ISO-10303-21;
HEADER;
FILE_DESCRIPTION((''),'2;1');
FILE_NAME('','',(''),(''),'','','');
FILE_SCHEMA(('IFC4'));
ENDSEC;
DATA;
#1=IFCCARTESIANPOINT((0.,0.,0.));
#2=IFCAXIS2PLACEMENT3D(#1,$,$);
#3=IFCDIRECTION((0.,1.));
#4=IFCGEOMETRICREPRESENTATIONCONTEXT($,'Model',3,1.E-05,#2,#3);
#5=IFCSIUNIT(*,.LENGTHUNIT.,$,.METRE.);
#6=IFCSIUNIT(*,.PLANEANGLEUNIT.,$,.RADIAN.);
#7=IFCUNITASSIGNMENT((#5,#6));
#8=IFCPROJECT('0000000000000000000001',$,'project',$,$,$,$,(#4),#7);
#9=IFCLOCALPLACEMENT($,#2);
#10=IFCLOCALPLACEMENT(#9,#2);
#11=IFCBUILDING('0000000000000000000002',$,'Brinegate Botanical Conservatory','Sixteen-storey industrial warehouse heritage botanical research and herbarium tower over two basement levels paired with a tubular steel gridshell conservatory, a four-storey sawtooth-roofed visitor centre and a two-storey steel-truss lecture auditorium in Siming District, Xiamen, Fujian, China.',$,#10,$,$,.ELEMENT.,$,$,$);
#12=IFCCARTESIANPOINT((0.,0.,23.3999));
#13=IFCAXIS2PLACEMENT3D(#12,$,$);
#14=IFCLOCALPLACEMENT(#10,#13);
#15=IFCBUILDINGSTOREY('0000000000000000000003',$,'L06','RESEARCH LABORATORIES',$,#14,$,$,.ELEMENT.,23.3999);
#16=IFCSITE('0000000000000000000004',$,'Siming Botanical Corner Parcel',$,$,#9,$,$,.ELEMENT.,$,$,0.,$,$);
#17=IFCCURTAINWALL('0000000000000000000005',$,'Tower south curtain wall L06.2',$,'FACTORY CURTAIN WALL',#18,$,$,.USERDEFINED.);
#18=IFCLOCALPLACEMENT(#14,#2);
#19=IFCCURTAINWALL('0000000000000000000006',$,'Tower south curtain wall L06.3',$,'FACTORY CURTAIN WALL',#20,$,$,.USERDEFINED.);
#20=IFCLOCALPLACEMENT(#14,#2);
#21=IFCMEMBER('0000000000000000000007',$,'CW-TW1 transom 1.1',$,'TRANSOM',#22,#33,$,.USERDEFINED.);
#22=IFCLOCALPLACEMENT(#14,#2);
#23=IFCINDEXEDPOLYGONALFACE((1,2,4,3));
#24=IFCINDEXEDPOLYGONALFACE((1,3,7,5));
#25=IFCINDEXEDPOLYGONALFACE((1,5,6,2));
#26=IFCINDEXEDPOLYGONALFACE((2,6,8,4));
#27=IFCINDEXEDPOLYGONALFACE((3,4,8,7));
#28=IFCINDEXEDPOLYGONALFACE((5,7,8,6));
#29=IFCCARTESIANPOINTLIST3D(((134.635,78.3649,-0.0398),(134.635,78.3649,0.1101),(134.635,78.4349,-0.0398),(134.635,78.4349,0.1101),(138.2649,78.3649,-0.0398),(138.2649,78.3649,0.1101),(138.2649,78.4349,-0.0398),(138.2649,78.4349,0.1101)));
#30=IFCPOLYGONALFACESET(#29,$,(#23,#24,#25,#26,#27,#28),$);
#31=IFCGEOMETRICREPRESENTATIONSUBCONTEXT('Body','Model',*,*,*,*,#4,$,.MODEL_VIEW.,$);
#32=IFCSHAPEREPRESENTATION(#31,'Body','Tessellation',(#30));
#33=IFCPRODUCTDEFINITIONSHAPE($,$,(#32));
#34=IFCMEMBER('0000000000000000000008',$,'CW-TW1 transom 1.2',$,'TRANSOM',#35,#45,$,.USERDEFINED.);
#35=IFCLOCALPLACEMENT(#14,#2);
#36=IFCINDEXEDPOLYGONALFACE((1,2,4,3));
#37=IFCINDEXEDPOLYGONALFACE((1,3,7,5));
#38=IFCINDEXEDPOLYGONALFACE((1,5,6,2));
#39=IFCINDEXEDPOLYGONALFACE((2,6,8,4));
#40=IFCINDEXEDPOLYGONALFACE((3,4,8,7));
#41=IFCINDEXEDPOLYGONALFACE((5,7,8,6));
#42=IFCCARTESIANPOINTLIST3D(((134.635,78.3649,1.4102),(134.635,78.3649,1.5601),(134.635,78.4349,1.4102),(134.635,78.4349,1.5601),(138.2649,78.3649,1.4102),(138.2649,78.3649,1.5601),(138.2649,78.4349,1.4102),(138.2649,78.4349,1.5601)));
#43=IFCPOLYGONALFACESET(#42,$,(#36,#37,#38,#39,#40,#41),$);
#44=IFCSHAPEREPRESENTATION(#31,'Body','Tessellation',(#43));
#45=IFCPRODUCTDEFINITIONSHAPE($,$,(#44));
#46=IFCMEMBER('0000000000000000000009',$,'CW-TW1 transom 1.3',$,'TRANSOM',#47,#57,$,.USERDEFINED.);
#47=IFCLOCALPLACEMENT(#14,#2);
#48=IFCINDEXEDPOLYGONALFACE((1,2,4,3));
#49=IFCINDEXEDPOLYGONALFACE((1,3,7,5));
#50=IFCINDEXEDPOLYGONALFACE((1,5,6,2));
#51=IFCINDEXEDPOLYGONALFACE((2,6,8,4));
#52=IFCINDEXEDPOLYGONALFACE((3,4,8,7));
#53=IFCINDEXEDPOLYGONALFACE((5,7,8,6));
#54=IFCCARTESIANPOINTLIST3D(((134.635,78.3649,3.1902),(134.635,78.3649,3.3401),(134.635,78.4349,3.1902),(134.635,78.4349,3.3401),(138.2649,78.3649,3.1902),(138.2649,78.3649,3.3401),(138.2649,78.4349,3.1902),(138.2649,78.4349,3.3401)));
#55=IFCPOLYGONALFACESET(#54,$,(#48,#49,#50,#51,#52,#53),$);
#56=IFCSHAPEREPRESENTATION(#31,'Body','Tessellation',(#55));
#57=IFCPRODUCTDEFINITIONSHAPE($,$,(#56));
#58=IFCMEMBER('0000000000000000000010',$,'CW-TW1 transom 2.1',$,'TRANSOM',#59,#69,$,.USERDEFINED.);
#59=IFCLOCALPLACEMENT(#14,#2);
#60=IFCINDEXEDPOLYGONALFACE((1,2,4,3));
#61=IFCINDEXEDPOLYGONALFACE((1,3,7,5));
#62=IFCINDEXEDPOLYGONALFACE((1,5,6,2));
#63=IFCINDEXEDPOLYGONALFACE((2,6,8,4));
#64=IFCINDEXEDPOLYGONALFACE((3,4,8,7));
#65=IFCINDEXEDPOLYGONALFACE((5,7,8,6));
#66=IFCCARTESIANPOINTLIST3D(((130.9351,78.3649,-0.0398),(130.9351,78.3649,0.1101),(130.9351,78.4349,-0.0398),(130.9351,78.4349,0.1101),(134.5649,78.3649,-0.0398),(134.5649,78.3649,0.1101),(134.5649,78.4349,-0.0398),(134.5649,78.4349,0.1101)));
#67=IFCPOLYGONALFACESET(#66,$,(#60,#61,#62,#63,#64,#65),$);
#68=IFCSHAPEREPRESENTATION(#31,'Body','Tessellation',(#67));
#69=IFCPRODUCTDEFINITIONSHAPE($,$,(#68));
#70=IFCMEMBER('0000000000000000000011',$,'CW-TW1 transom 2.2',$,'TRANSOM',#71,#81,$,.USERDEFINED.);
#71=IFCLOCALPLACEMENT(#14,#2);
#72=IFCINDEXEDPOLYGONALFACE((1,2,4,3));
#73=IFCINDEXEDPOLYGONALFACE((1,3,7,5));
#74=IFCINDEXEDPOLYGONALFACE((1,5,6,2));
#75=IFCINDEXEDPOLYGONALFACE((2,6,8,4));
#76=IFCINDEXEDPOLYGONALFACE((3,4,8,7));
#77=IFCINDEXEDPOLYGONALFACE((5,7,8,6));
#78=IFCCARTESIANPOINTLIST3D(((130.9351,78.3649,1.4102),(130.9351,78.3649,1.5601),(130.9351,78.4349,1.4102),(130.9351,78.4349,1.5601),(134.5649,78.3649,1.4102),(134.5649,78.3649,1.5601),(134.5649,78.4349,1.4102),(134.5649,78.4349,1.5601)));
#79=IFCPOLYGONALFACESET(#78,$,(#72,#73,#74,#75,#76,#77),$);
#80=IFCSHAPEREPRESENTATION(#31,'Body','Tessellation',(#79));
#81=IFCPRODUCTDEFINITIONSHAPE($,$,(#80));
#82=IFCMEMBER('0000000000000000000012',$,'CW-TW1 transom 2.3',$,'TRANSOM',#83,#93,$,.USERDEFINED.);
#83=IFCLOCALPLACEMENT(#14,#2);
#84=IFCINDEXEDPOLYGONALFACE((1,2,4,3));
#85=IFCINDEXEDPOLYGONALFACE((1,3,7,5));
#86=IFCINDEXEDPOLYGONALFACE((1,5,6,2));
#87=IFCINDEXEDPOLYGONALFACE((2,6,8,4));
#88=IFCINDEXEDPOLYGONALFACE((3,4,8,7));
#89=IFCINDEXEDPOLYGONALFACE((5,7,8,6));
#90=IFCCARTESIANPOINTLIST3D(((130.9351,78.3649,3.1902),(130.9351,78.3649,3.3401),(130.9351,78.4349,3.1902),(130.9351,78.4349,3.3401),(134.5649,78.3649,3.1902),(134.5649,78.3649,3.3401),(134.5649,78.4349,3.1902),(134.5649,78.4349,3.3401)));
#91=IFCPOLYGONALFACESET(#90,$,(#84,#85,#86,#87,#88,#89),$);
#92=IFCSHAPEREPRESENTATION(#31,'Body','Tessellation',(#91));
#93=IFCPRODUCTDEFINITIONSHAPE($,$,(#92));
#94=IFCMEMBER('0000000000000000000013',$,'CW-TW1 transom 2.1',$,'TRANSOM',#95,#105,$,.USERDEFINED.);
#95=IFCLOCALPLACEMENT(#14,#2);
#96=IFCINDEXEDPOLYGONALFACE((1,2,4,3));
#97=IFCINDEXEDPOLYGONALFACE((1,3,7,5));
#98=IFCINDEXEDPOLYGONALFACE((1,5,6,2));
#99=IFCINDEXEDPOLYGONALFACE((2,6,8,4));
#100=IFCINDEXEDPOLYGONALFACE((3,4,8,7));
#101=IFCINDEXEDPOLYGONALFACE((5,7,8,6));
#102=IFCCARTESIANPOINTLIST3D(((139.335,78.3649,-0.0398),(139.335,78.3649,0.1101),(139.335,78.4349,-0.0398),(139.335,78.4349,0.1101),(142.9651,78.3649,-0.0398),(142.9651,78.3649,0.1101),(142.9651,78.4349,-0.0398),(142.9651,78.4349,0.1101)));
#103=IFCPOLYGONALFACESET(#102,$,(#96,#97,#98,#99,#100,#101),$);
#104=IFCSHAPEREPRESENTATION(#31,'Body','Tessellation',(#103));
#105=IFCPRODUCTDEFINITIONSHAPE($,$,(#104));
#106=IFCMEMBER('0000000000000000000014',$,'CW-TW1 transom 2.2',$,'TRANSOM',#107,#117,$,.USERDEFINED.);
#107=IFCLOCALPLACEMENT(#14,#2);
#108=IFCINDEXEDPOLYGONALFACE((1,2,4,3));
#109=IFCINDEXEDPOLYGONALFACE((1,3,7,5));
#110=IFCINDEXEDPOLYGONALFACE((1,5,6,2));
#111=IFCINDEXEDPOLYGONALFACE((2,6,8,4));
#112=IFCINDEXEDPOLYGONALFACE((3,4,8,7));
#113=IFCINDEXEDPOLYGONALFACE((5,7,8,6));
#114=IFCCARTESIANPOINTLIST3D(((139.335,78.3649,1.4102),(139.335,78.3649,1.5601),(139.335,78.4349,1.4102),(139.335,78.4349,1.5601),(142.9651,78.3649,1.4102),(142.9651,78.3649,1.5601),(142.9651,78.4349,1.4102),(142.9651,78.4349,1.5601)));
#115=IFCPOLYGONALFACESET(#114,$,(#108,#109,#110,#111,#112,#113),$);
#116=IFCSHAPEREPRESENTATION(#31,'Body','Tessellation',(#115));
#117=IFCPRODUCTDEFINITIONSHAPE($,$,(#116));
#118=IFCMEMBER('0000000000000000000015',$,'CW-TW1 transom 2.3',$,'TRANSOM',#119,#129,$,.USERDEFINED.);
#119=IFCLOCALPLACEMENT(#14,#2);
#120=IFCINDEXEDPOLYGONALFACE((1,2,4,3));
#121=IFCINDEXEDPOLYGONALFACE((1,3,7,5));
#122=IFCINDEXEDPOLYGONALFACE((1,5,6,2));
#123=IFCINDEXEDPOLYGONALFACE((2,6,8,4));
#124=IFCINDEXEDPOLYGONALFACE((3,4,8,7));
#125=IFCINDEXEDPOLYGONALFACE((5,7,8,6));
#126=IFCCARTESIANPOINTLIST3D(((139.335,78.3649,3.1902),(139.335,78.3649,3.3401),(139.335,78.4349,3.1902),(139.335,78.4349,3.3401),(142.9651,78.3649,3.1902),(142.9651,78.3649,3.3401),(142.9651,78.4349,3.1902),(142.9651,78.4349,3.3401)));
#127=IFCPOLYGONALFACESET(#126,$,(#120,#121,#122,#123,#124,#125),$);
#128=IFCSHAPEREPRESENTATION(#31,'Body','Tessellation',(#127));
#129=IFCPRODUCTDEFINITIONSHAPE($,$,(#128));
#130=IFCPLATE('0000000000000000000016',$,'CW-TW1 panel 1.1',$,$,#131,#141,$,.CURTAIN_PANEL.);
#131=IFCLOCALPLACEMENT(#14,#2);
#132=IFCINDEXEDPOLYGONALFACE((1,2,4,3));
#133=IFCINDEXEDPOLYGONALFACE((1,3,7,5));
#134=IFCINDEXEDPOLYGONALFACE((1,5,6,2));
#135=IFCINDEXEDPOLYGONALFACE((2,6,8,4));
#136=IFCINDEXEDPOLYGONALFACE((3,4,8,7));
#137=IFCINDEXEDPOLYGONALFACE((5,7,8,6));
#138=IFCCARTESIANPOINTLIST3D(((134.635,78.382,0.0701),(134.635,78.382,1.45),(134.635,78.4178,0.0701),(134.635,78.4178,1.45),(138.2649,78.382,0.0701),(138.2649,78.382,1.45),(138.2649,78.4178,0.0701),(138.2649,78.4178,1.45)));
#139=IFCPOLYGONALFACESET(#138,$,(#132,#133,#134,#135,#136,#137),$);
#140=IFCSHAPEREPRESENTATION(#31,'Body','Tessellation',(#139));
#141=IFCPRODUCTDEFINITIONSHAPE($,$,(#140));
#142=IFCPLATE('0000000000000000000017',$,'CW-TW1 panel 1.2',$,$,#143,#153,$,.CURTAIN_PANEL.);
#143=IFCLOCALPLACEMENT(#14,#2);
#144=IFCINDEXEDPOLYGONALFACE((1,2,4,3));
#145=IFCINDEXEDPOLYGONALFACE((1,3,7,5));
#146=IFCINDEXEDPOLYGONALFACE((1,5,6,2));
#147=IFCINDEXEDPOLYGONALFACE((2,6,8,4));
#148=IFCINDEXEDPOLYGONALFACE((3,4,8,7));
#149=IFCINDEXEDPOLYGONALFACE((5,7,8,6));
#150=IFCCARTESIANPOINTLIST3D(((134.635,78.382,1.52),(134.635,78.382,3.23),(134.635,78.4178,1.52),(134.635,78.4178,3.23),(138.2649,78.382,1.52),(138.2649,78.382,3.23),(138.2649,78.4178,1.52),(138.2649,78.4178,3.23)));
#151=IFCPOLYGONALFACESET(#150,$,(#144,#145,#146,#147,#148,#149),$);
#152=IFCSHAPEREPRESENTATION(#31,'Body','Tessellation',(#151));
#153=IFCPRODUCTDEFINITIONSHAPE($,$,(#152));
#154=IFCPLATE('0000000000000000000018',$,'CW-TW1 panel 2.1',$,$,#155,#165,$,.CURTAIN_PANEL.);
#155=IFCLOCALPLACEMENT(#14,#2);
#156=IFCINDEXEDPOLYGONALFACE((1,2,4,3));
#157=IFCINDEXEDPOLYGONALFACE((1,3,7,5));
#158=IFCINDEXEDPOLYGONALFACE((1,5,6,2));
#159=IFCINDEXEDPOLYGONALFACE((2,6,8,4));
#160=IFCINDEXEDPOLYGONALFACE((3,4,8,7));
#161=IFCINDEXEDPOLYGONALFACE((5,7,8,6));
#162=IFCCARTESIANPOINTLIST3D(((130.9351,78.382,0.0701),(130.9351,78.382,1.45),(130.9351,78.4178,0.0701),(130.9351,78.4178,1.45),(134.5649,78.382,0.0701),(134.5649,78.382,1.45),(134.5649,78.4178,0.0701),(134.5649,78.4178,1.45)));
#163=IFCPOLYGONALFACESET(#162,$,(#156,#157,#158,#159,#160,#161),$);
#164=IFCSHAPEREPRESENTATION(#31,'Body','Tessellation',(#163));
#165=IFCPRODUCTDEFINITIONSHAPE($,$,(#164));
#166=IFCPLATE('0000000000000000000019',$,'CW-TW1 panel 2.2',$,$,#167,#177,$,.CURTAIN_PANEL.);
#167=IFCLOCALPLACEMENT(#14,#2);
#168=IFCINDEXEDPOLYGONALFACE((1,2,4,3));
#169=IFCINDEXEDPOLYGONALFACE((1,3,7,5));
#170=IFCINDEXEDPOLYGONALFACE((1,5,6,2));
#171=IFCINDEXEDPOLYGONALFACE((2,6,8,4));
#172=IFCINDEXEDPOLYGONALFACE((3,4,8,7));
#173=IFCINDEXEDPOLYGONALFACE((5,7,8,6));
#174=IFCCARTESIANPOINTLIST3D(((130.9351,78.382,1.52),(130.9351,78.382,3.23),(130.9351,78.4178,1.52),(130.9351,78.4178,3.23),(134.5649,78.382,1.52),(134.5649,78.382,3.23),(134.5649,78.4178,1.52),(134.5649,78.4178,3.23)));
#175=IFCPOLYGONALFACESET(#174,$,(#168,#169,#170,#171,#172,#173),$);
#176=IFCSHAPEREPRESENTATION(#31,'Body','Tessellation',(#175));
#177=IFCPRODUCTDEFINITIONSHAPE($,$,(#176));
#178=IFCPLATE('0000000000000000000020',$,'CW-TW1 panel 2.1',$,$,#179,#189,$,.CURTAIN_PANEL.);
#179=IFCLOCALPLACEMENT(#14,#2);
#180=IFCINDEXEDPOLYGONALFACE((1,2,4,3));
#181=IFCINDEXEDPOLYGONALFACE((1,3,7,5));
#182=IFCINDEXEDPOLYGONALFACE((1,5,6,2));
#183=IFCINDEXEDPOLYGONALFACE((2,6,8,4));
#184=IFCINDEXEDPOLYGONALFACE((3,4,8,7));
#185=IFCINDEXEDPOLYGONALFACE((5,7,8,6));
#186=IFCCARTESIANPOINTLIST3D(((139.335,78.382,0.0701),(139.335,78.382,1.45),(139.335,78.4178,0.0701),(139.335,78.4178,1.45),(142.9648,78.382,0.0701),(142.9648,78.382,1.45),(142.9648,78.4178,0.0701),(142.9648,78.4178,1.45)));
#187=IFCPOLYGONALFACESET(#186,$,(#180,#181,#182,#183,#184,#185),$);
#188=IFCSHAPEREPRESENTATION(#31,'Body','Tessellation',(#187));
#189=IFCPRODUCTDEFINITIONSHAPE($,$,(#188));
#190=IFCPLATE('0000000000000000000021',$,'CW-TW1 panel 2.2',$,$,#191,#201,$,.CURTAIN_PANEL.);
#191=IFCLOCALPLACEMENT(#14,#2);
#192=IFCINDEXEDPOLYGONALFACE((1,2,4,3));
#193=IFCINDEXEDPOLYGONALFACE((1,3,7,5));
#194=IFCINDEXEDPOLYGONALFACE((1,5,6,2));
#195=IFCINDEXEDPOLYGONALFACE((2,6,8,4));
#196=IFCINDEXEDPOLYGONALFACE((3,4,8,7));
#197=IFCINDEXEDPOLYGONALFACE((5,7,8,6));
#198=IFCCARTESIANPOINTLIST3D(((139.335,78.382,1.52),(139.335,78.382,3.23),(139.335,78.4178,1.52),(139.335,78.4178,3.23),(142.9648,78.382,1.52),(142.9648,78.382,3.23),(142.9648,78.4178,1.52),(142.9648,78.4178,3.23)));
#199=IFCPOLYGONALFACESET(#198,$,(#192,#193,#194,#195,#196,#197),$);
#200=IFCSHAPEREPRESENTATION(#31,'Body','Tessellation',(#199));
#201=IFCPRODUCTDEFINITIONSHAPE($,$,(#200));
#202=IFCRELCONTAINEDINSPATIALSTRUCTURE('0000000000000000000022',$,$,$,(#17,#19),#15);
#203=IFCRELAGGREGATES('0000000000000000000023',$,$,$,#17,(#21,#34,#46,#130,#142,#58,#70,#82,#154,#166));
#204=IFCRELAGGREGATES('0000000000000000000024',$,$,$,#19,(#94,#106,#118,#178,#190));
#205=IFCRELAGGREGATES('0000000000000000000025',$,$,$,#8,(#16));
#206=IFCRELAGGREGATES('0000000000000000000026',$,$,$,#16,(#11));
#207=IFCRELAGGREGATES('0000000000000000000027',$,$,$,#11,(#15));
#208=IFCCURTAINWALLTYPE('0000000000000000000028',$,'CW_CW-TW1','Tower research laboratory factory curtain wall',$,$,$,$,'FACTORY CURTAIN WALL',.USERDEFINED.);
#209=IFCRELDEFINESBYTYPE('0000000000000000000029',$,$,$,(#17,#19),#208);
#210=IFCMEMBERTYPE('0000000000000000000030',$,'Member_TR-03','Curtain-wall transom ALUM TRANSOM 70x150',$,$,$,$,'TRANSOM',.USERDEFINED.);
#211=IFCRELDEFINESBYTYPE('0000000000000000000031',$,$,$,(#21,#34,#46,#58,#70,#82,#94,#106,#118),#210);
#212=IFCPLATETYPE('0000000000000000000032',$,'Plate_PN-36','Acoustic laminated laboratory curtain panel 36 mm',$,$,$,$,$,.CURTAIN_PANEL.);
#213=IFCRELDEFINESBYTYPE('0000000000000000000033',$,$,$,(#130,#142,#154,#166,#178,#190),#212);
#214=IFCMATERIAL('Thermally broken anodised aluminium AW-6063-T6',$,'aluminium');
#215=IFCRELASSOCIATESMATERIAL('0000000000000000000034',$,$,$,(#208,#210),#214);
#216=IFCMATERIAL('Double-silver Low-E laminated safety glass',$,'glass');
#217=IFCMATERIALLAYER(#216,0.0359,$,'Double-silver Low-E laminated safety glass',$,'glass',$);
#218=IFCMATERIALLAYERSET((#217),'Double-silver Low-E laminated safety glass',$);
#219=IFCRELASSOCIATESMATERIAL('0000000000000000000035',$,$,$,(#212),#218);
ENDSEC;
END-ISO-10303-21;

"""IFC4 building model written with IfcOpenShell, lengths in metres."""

from ifc_helpers import new_model, si_unit, direction, frame, origin, origin_2d, place, context, subcontext, project, spatial, rectangle, extrude, material, layer, layer_set, material_profile, profile_set, type_object, element, aggregate, save


model = new_model("IFC4")

# Units and contexts
model_context = context("Model", 3, precision=1e-05, world=origin(), true_north=direction((0.0, 1.0)))
body_context = subcontext(model_context, "Body", "Model", "MODEL_VIEW")
ifc_project = project(units=[si_unit("LENGTHUNIT", "METRE"), si_unit("PLANEANGLEUNIT", "RADIAN")], contexts=[model_context])

# Site, building, storey
site_placement = place(None, origin())
site = spatial("IfcSite", under=ifc_project, at=site_placement, Name="Siming Botanical Corner Parcel", CompositionType="ELEMENT", RefElevation=0.0)
building_placement = place(site_placement, origin())
building = spatial("IfcBuilding", under=site, at=building_placement, Name="Brinegate Botanical Conservatory", Description="Sixteen-storey industrial warehouse heritage botanical research and herbarium tower over two basement levels paired with a tubular steel gridshell conservatory, a four-storey sawtooth-roofed visitor centre and a two-storey steel-truss lecture auditorium in Siming District, Xiamen, Fujian, China.", CompositionType="ELEMENT")
storey_placement = place(building_placement, frame((0.0, 0.0, 23.3999)))
storey = spatial("IfcBuildingStorey", under=building, at=storey_placement, Name="L06", Description="RESEARCH LABORATORIES", CompositionType="ELEMENT", Elevation=23.3999)

# Curtain walls
ifc_material_1 = material(Name="Thermally broken anodised aluminium AW-6063-T6", Category="aluminium")
curtain_wall_type = type_object("IfcCurtainWallType", Name="CW_CW-TW1", Description="Tower research laboratory factory curtain wall", ElementType="FACTORY CURTAIN WALL", PredefinedType="USERDEFINED", material=ifc_material_1)
curtain_wall_1_placement = place(storey_placement, origin())
curtain_wall_1 = element("IfcCurtainWall", 1, at=curtain_wall_1_placement, inside=storey, type_object=curtain_wall_type, Name="Tower south curtain wall L06.2", ObjectType="FACTORY CURTAIN WALL", PredefinedType="USERDEFINED")
curtain_wall_2_placement = place(storey_placement, origin())
curtain_wall_2 = element("IfcCurtainWall", 2, at=curtain_wall_2_placement, inside=storey, type_object=curtain_wall_type, Name="Tower south curtain wall L06.3", ObjectType="FACTORY CURTAIN WALL", PredefinedType="USERDEFINED")

# Members
ifc_material_profile_1 = material_profile(ifc_material_1, rectangle(XDim=0.0701, YDim=0.1499, at=origin_2d()), Name="ALUM TRANSOM 70x150")
ifc_profile_set_1 = profile_set([ifc_material_profile_1], Name="Thermally broken anodised aluminium AW-6063-T6")
member_type_1 = type_object("IfcMemberType", Name="Member_TR-03", Description="Curtain-wall transom ALUM TRANSOM 70x150", ElementType="TRANSOM", PredefinedType="USERDEFINED", material=ifc_profile_set_1)
member_1_placement = place(storey_placement, frame((138.2649, 78.3999, 0.0352), z_axis=(-1.0, 0.0, 0.0), x_axis=(0.0, -1.0, 0.0)))
member_1 = element("IfcMember", 3, at=member_1_placement, type_object=member_type_1, Name="CW-TW1 transom 1.1", ObjectType="TRANSOM", PredefinedType="USERDEFINED", context=body_context, shape_type="SweptSolid", body=[
    extrude(rectangle(XDim=0.0701, YDim=0.1499, at=origin_2d()), origin(), (0.0, 0.0, 1.0), 3.6299),
])
member_2_placement = place(storey_placement, frame((138.2649, 78.3999, 1.4851), z_axis=(-1.0, 0.0, 0.0), x_axis=(0.0, -1.0, 0.0)))
member_2 = element("IfcMember", 4, at=member_2_placement, type_object=member_type_1, Name="CW-TW1 transom 1.2", ObjectType="TRANSOM", PredefinedType="USERDEFINED", context=body_context, shape_type="SweptSolid", body=[
    extrude(rectangle(XDim=0.0701, YDim=0.1499, at=origin_2d()), origin(), (0.0, 0.0, 1.0), 3.6299),
])
member_3_placement = place(storey_placement, frame((138.2649, 78.3999, 3.2651), z_axis=(-1.0, 0.0, 0.0), x_axis=(0.0, -1.0, 0.0)))
member_3 = element("IfcMember", 5, at=member_3_placement, type_object=member_type_1, Name="CW-TW1 transom 1.3", ObjectType="TRANSOM", PredefinedType="USERDEFINED", context=body_context, shape_type="SweptSolid", body=[
    extrude(rectangle(XDim=0.0701, YDim=0.1499, at=origin_2d()), origin(), (0.0, 0.0, 1.0), 3.6299),
])
member_4_placement = place(storey_placement, frame((134.5649, 78.3999, 0.0352), z_axis=(-1.0, 0.0, 0.0), x_axis=(0.0, -1.0, 0.0)))
member_4 = element("IfcMember", 6, at=member_4_placement, type_object=member_type_1, Name="CW-TW1 transom 2.1", ObjectType="TRANSOM", PredefinedType="USERDEFINED", context=body_context, shape_type="SweptSolid", body=[
    extrude(rectangle(XDim=0.0701, YDim=0.1499, at=origin_2d()), origin(), (0.0, 0.0, 1.0), 3.6299),
])
member_5_placement = place(storey_placement, frame((134.5649, 78.3999, 1.4851), z_axis=(-1.0, 0.0, 0.0), x_axis=(0.0, -1.0, 0.0)))
member_5 = element("IfcMember", 7, at=member_5_placement, type_object=member_type_1, Name="CW-TW1 transom 2.2", ObjectType="TRANSOM", PredefinedType="USERDEFINED", context=body_context, shape_type="SweptSolid", body=[
    extrude(rectangle(XDim=0.0701, YDim=0.1499, at=origin_2d()), origin(), (0.0, 0.0, 1.0), 3.6299),
])
member_6_placement = place(storey_placement, frame((134.5649, 78.3999, 3.2651), z_axis=(-1.0, 0.0, 0.0), x_axis=(0.0, -1.0, 0.0)))
member_6 = element("IfcMember", 8, at=member_6_placement, type_object=member_type_1, Name="CW-TW1 transom 2.3", ObjectType="TRANSOM", PredefinedType="USERDEFINED", context=body_context, shape_type="SweptSolid", body=[
    extrude(rectangle(XDim=0.0701, YDim=0.1499, at=origin_2d()), origin(), (0.0, 0.0, 1.0), 3.6299),
])
member_7_placement = place(storey_placement, frame((142.9651, 78.3999, 0.0352), z_axis=(-1.0, 0.0, 0.0), x_axis=(0.0, -1.0, 0.0)))
member_7 = element("IfcMember", 9, at=member_7_placement, type_object=member_type_1, Name="CW-TW1 transom 2.1", ObjectType="TRANSOM", PredefinedType="USERDEFINED", context=body_context, shape_type="SweptSolid", body=[
    extrude(rectangle(XDim=0.0701, YDim=0.1499, at=origin_2d()), origin(), (0.0, 0.0, 1.0), 3.6301),
])
member_8_placement = place(storey_placement, frame((142.9651, 78.3999, 1.4851), z_axis=(-1.0, 0.0, 0.0), x_axis=(0.0, -1.0, 0.0)))
member_8 = element("IfcMember", 10, at=member_8_placement, type_object=member_type_1, Name="CW-TW1 transom 2.2", ObjectType="TRANSOM", PredefinedType="USERDEFINED", context=body_context, shape_type="SweptSolid", body=[
    extrude(rectangle(XDim=0.0701, YDim=0.1499, at=origin_2d()), origin(), (0.0, 0.0, 1.0), 3.6301),
])
member_9_placement = place(storey_placement, frame((142.9651, 78.3999, 3.2651), z_axis=(-1.0, 0.0, 0.0), x_axis=(0.0, -1.0, 0.0)))
member_9 = element("IfcMember", 11, at=member_9_placement, type_object=member_type_1, Name="CW-TW1 transom 2.3", ObjectType="TRANSOM", PredefinedType="USERDEFINED", context=body_context, shape_type="SweptSolid", body=[
    extrude(rectangle(XDim=0.0701, YDim=0.1499, at=origin_2d()), origin(), (0.0, 0.0, 1.0), 3.6301),
])

# Plates
ifc_material_2 = material(Name="Double-silver Low-E laminated safety glass", Category="glass")
ifc_layer_1 = layer(ifc_material_2, 0.0359, Name="Double-silver Low-E laminated safety glass", Category="glass")
ifc_layer_set_1 = layer_set([ifc_layer_1], Name="Double-silver Low-E laminated safety glass")
plate_type = type_object("IfcPlateType", Name="Plate_PN-36", Description="Acoustic laminated laboratory curtain panel 36 mm", PredefinedType="CURTAIN_PANEL", material=ifc_layer_set_1)
plate_1_placement = place(storey_placement, frame((136.45, 78.3999, 0.0701), z_axis=(0.0, 0.0, 1.0), x_axis=(-1.0, 0.0, 0.0)))
plate_1 = element("IfcPlate", 12, at=plate_1_placement, type_object=plate_type, Name="CW-TW1 panel 1.1", PredefinedType="CURTAIN_PANEL", context=body_context, shape_type="SweptSolid", body=[
    extrude(rectangle(XDim=3.6299, YDim=0.0359, at=origin_2d()), origin(), (0.0, 0.0, 1.0), 1.3799),
])
plate_2_placement = place(storey_placement, frame((136.45, 78.3999, 1.52), z_axis=(0.0, 0.0, 1.0), x_axis=(-1.0, 0.0, 0.0)))
plate_2 = element("IfcPlate", 13, at=plate_2_placement, type_object=plate_type, Name="CW-TW1 panel 1.2", PredefinedType="CURTAIN_PANEL", context=body_context, shape_type="SweptSolid", body=[
    extrude(rectangle(XDim=3.6299, YDim=0.0359, at=origin_2d()), origin(), (0.0, 0.0, 1.0), 1.71),
])
plate_3_placement = place(storey_placement, frame((132.75, 78.3999, 0.0701), z_axis=(0.0, 0.0, 1.0), x_axis=(-1.0, 0.0, 0.0)))
plate_3 = element("IfcPlate", 14, at=plate_3_placement, type_object=plate_type, Name="CW-TW1 panel 2.1", PredefinedType="CURTAIN_PANEL", context=body_context, shape_type="SweptSolid", body=[
    extrude(rectangle(XDim=3.6299, YDim=0.0359, at=origin_2d()), origin(), (0.0, 0.0, 1.0), 1.3799),
])
plate_4_placement = place(storey_placement, frame((132.75, 78.3999, 1.52), z_axis=(0.0, 0.0, 1.0), x_axis=(-1.0, 0.0, 0.0)))
plate_4 = element("IfcPlate", 15, at=plate_4_placement, type_object=plate_type, Name="CW-TW1 panel 2.2", PredefinedType="CURTAIN_PANEL", context=body_context, shape_type="SweptSolid", body=[
    extrude(rectangle(XDim=3.6299, YDim=0.0359, at=origin_2d()), origin(), (0.0, 0.0, 1.0), 1.71),
])
aggregate(curtain_wall_1, [member_1, member_2, member_3, plate_1, plate_2, member_4, member_5, member_6, plate_3, plate_4])
plate_5_placement = place(storey_placement, frame((141.1499, 78.3999, 0.0701), z_axis=(0.0, 0.0, 1.0), x_axis=(-1.0, 0.0, 0.0)))
plate_5 = element("IfcPlate", 16, at=plate_5_placement, type_object=plate_type, Name="CW-TW1 panel 2.1", PredefinedType="CURTAIN_PANEL", context=body_context, shape_type="SweptSolid", body=[
    extrude(rectangle(XDim=3.6299, YDim=0.0359, at=origin_2d()), origin(), (0.0, 0.0, 1.0), 1.3799),
])
plate_6_placement = place(storey_placement, frame((141.1499, 78.3999, 1.52), z_axis=(0.0, 0.0, 1.0), x_axis=(-1.0, 0.0, 0.0)))
plate_6 = element("IfcPlate", 17, at=plate_6_placement, type_object=plate_type, Name="CW-TW1 panel 2.2", PredefinedType="CURTAIN_PANEL", context=body_context, shape_type="SweptSolid", body=[
    extrude(rectangle(XDim=3.6299, YDim=0.0359, at=origin_2d()), origin(), (0.0, 0.0, 1.0), 1.71),
])
aggregate(curtain_wall_2, [member_7, member_8, member_9, plate_5, plate_6])

save(model, "model.ifc")
